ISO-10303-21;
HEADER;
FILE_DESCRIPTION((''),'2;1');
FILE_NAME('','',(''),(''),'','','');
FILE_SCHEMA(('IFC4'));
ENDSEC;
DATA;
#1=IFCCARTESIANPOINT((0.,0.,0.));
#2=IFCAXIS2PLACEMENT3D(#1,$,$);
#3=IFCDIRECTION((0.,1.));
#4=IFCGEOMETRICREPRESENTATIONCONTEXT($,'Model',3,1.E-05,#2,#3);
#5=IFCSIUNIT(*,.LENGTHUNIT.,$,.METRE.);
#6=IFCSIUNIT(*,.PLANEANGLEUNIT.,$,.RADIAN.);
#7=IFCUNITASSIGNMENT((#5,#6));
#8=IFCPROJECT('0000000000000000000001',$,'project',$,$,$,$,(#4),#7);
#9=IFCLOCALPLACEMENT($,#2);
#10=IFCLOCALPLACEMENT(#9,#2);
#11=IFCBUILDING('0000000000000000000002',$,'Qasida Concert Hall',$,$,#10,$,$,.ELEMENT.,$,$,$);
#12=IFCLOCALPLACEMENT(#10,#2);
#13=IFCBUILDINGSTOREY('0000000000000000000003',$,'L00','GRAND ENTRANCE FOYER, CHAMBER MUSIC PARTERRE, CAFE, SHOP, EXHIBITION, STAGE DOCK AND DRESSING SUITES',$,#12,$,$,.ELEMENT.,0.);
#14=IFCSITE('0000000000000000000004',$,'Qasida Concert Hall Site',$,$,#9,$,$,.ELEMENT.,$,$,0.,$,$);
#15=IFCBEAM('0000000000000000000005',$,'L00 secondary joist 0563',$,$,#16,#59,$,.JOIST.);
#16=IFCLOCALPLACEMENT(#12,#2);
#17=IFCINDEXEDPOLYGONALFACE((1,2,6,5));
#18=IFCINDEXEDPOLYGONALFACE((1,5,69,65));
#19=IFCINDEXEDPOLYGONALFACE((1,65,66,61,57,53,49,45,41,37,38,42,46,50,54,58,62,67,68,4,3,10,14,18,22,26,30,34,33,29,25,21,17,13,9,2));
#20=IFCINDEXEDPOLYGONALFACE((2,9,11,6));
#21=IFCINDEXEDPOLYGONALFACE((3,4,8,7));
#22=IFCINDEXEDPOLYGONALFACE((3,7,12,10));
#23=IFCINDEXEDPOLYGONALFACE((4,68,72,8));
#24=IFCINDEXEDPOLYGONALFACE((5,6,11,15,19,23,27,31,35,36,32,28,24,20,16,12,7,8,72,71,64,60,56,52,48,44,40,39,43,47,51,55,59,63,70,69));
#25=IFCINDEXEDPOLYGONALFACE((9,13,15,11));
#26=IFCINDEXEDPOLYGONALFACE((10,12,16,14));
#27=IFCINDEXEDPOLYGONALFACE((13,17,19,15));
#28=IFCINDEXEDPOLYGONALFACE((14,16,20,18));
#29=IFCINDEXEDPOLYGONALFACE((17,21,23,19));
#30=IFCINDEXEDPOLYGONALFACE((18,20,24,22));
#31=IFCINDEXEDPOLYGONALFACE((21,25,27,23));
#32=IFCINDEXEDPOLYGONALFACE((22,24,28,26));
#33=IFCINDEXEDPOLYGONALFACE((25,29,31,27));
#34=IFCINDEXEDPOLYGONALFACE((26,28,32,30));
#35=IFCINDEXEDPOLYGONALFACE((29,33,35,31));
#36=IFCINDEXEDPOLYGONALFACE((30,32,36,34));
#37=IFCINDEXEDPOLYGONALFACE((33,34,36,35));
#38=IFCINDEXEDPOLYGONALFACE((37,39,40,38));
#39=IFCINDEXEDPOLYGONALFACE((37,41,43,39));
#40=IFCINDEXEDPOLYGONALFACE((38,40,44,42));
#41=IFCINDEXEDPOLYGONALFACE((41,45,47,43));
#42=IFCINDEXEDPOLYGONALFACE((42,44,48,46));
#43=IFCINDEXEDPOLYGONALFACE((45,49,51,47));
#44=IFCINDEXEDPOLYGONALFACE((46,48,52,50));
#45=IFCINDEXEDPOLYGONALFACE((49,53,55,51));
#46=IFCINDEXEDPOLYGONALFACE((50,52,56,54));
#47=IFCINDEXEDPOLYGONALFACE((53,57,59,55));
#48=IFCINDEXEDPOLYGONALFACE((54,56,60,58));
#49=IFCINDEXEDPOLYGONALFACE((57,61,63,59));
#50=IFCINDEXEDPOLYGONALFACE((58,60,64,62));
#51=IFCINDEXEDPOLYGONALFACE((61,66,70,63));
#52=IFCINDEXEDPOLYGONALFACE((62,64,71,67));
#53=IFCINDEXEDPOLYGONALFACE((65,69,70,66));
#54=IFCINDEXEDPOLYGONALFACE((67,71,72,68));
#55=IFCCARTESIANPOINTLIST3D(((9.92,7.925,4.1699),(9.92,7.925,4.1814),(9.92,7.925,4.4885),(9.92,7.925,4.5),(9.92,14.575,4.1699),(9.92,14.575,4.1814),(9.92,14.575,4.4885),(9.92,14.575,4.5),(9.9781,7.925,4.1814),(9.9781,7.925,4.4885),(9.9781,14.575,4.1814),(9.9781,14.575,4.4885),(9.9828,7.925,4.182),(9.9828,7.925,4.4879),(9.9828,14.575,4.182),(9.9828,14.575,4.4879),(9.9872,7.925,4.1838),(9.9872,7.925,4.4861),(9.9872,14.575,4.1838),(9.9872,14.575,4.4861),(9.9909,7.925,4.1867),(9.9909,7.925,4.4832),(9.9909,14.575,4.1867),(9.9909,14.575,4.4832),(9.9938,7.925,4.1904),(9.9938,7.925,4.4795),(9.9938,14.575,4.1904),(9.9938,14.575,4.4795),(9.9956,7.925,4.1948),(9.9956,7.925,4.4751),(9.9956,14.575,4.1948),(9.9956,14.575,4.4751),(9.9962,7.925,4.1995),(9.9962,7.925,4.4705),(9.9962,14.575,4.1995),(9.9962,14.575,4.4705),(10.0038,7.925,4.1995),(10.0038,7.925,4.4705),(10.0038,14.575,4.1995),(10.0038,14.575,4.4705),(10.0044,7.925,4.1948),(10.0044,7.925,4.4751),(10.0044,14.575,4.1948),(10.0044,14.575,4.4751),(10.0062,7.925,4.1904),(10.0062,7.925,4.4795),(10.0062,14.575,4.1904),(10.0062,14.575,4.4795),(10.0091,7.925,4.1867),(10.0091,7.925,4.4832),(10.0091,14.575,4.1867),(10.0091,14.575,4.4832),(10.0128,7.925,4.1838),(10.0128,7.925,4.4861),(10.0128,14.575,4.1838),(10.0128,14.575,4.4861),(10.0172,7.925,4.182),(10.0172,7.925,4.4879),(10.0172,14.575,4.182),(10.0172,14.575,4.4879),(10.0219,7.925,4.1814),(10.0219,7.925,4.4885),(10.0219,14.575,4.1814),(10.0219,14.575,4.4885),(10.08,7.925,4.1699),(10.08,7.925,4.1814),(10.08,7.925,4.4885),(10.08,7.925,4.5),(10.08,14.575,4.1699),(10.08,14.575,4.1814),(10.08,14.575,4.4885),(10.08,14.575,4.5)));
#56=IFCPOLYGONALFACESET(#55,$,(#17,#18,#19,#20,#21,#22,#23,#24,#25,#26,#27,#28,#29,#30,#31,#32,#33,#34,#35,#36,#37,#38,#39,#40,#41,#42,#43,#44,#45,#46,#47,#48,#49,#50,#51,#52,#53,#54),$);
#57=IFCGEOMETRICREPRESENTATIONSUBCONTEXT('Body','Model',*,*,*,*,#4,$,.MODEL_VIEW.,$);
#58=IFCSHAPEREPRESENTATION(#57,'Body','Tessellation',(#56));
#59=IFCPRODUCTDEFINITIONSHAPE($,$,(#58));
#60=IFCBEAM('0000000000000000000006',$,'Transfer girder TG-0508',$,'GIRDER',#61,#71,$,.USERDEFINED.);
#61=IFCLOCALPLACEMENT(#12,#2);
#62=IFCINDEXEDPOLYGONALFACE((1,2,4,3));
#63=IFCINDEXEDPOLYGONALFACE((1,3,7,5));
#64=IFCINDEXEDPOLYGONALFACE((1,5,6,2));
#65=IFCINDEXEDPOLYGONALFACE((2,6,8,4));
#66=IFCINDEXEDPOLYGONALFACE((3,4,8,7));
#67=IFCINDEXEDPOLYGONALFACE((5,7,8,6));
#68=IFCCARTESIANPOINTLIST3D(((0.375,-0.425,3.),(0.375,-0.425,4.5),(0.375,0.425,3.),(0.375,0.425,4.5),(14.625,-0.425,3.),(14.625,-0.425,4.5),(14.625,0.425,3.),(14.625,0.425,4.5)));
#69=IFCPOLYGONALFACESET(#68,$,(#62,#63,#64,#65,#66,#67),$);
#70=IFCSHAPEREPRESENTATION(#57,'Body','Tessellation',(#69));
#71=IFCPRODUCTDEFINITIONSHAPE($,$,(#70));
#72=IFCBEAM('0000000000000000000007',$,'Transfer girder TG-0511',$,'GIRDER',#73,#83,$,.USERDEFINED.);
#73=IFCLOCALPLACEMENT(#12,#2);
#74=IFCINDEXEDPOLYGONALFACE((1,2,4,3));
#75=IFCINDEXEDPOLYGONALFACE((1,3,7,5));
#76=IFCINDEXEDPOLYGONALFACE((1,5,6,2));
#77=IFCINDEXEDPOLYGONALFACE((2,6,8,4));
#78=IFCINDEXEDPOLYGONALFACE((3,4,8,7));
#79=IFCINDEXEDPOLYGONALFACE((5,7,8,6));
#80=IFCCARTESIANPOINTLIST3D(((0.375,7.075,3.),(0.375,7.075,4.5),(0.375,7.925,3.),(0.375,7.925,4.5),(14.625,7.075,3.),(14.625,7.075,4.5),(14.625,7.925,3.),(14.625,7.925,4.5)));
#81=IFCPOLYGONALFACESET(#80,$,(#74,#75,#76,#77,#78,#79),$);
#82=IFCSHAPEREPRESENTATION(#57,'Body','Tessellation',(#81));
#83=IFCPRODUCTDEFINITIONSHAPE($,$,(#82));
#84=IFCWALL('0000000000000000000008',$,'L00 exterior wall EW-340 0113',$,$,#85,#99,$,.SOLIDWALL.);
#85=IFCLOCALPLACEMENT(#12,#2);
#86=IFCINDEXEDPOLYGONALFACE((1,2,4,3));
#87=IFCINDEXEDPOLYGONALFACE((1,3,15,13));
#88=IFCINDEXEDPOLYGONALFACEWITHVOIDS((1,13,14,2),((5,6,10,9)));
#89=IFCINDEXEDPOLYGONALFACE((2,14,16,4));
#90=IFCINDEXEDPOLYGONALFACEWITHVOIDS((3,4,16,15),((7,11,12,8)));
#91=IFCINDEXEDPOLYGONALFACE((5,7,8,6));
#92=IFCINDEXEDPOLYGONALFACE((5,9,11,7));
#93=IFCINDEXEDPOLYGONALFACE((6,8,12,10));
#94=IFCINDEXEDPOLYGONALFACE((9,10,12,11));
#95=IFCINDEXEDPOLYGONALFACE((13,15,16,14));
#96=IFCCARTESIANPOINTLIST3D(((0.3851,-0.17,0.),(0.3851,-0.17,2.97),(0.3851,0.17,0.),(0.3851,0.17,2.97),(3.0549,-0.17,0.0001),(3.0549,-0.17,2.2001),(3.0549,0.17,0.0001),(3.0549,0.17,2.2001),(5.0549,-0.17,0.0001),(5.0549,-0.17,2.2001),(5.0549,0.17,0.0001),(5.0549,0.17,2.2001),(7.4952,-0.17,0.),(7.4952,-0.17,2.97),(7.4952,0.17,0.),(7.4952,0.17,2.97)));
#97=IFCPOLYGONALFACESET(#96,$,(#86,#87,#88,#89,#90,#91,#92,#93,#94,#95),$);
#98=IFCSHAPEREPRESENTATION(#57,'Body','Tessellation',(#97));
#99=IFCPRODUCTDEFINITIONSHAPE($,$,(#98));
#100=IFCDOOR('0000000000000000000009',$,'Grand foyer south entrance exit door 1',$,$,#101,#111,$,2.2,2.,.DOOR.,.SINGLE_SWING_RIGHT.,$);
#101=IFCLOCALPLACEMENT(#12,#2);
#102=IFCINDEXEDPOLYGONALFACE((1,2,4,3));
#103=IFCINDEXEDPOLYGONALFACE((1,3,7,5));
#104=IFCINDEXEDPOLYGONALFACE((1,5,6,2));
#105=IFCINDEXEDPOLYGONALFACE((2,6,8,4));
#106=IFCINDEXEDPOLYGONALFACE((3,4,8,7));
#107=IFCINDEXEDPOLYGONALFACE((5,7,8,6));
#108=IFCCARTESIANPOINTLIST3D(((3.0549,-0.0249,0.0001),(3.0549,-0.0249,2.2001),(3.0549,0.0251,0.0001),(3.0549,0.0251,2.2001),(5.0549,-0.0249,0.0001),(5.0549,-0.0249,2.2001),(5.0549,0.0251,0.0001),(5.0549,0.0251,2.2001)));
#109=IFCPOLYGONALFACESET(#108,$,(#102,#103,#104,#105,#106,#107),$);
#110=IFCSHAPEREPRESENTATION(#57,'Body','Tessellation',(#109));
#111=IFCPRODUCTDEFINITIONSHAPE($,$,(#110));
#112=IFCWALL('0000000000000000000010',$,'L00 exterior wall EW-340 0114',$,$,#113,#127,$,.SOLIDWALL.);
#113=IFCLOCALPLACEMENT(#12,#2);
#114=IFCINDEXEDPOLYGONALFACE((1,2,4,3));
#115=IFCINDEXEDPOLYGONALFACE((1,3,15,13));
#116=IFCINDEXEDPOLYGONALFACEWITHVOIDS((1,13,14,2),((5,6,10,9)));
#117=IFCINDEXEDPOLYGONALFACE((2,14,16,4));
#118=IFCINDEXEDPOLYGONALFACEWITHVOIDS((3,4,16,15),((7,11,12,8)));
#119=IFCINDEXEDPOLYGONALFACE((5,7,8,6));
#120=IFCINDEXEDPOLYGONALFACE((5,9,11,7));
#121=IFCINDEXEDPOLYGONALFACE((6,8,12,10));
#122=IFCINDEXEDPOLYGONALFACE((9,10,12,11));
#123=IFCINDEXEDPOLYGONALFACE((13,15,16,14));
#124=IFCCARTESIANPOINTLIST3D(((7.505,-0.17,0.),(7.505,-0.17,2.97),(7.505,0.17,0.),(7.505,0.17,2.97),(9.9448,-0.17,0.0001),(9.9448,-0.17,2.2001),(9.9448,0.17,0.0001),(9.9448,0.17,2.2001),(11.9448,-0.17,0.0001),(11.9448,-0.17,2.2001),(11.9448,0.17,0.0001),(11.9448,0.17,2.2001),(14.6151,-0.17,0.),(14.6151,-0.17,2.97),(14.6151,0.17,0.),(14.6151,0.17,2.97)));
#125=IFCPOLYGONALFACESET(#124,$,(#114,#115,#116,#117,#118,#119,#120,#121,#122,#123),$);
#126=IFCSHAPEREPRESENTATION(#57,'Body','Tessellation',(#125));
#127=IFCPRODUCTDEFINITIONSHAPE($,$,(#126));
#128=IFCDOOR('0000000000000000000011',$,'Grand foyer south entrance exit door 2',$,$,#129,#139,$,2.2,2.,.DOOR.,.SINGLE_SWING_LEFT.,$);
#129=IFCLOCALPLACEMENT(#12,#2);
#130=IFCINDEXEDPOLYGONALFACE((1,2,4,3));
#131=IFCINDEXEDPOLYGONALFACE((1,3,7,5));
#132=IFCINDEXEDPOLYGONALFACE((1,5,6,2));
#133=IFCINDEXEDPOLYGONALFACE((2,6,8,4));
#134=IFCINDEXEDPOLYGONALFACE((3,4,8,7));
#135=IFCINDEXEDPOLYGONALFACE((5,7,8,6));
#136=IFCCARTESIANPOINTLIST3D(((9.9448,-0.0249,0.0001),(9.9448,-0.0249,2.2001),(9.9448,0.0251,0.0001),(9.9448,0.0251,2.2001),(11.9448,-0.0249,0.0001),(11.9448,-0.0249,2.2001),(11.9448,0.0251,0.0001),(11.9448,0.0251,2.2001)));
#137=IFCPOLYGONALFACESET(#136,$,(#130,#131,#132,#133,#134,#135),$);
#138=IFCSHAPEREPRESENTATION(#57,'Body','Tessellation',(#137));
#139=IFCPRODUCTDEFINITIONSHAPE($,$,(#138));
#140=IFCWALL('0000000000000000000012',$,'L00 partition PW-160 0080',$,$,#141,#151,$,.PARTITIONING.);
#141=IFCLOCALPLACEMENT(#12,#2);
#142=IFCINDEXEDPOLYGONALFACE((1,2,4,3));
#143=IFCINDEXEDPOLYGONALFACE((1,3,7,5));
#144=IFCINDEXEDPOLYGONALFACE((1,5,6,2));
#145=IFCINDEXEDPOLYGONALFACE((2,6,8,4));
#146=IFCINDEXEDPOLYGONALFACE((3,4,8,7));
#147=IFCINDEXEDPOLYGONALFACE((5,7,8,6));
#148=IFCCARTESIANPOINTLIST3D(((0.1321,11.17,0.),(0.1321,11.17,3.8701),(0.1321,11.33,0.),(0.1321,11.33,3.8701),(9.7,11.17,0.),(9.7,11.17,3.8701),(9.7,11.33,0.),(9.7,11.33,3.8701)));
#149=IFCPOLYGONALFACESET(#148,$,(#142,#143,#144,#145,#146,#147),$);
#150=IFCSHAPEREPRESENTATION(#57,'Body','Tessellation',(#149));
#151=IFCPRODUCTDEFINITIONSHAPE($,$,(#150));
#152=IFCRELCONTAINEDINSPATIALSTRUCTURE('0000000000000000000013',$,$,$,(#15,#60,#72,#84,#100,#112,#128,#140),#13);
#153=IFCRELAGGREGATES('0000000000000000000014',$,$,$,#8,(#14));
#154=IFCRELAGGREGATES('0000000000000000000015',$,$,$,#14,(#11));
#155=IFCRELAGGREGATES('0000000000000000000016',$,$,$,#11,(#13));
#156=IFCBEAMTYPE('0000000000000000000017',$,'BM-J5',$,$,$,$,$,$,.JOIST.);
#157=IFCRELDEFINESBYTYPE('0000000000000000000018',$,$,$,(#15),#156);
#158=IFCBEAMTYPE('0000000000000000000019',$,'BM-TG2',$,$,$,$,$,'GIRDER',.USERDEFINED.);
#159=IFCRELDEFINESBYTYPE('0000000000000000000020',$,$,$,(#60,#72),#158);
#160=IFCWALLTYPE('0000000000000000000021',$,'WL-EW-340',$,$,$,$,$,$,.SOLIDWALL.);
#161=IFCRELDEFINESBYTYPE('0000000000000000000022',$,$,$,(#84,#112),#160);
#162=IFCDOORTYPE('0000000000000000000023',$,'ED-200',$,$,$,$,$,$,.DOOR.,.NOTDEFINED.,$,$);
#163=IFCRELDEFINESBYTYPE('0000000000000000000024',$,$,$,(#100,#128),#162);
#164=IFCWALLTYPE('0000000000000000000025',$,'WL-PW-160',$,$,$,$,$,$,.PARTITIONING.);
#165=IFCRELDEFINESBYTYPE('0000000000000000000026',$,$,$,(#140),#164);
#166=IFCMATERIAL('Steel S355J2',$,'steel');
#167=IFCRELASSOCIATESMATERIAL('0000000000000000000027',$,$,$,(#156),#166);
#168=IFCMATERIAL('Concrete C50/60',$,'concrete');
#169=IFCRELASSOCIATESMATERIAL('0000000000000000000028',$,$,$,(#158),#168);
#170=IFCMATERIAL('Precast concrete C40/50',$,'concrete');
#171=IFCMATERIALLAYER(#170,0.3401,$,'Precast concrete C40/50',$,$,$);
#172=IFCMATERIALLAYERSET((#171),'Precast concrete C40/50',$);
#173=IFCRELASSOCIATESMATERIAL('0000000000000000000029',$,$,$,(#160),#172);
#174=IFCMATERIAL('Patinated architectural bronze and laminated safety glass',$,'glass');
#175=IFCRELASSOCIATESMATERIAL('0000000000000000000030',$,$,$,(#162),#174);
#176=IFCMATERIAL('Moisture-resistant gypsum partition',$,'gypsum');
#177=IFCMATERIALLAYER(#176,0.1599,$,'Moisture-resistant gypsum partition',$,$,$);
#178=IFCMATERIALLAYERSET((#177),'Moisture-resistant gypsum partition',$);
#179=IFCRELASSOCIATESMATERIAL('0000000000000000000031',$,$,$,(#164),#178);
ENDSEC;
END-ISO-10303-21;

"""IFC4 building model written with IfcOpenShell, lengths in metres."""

from ifc_helpers import new_model, si_unit, direction, frame, frame_2d, origin, origin_2d, place, context, subcontext, project, spatial, rectangle, i_section, extrude, material, layer, layer_set, material_profile, profile_set, type_object, element, fill, save


model = new_model("IFC4")

# Units and contexts
model_context = context("Model", 3, precision=1e-05, world=origin(), true_north=direction((0.0, 1.0)))
body_context = subcontext(model_context, "Body", "Model", "MODEL_VIEW")
ifc_project = project(units=[si_unit("LENGTHUNIT", "METRE"), si_unit("PLANEANGLEUNIT", "RADIAN")], contexts=[model_context])

# Site, building, storey
site_placement = place(None, origin())
site = spatial("IfcSite", under=ifc_project, at=site_placement, Name="Qasida Concert Hall Site", CompositionType="ELEMENT", RefElevation=0.0)
building_placement = place(site_placement, origin())
building = spatial("IfcBuilding", under=site, at=building_placement, Name="Qasida Concert Hall", CompositionType="ELEMENT")
storey_placement = place(building_placement, origin())
storey = spatial("IfcBuildingStorey", under=building, at=storey_placement, Name="L00", Description="GRAND ENTRANCE FOYER, CHAMBER MUSIC PARTERRE, CAFE, SHOP, EXHIBITION, STAGE DOCK AND DRESSING SUITES", CompositionType="ELEMENT", Elevation=0.0)

# Shared definitions
ifc_material_1 = material(Name="Concrete C50/60", Category="concrete")

# Beams
ifc_material_2 = material(Name="Steel S355J2", Category="steel")
ifc_material_profile_1 = material_profile(ifc_material_2, i_section(OverallWidth=0.1599, OverallDepth=0.3301, WebThickness=0.0076, FlangeThickness=0.0115, FilletRadius=0.0181, at=origin_2d()), Name="IPE 330")
ifc_profile_set_1 = profile_set([ifc_material_profile_1], Name="Steel S355J2")
beam_type_1 = type_object("IfcBeamType", Name="BM-J5", PredefinedType="JOIST", material=ifc_profile_set_1)
beam_1_placement = place(storey_placement, frame((10.0, 7.925, 4.335), z_axis=(0.0, 1.0, 0.0), x_axis=(-1.0, 0.0, 0.0)))
element("IfcBeam", 1, at=beam_1_placement, inside=storey, type_object=beam_type_1, Name="L00 secondary joist 0563", PredefinedType="JOIST", context=body_context, shape_type="SweptSolid", body=[
    extrude(i_section(OverallWidth=0.1599, OverallDepth=0.3301, WebThickness=0.0076, FlangeThickness=0.0115, FilletRadius=0.0181, at=origin_2d()), origin(), (0.0, 0.0, 1.0), 6.6499),
])
ifc_material_profile_2 = material_profile(ifc_material_1, rectangle(XDim=0.8501, YDim=1.5, at=origin_2d()), Name="RC 850x1500")
ifc_profile_set_2 = profile_set([ifc_material_profile_2], Name="Concrete C50/60")
beam_type_2 = type_object("IfcBeamType", Name="BM-TG2", ElementType="GIRDER", PredefinedType="USERDEFINED", material=ifc_profile_set_2)
for number, where, z_axis, x_axis, name in (
    (2, (0.375, 0.0, 3.75), (1.0, 0.0, 0.0), (0.0, 1.0, 0.0), "Transfer girder TG-0508"),
    (3, (0.375, 7.5, 3.75), (1.0, 0.0, 0.0), (0.0, 1.0, 0.0), "Transfer girder TG-0511"),
):
    element("IfcBeam", number, at=place(storey_placement, frame(where, z_axis=z_axis, x_axis=x_axis)), inside=storey, type_object=beam_type_2, Name=name, ObjectType="GIRDER", PredefinedType="USERDEFINED", context=body_context, shape_type="SweptSolid", body=[
        extrude(rectangle(XDim=0.8501, YDim=1.5, at=origin_2d()), origin(), (0.0, 0.0, 1.0), 14.25),
    ])

# Walls, openings, doors
ifc_material_3 = material(Name="Precast concrete C40/50", Category="concrete")
ifc_layer_1 = layer(ifc_material_3, 0.3401, Name="Precast concrete C40/50")
ifc_layer_set_1 = layer_set([ifc_layer_1], Name="Precast concrete C40/50")
wall_type_1 = type_object("IfcWallType", Name="WL-EW-340", PredefinedType="SOLIDWALL", material=ifc_layer_set_1)
wall_1_placement = place(storey_placement, frame((0.385, 0.0, 0.0), z_axis=(0.0, 0.0, 1.0), x_axis=(1.0, 0.0, 0.0)))
wall_1 = element("IfcWall", 4, at=wall_1_placement, inside=storey, type_object=wall_type_1, Name="L00 exterior wall EW-340 0113", PredefinedType="SOLIDWALL", context=body_context, shape_type="SweptSolid", body=[
    extrude(rectangle(XDim=7.1101, YDim=0.3401, at=frame_2d((3.5552, 0.0))), origin(), (0.0, 0.0, 1.0), 2.97),
])
opening_1_placement = place(wall_1_placement, frame((2.6699, 0.0, 0.0)))
opening_1 = element("IfcOpeningElement", 5, at=opening_1_placement, cuts=wall_1, PredefinedType="OPENING", context=body_context, shape_type="SweptSolid", body=[
    extrude(rectangle(XDim=2.0, YDim=2.2, at=frame_2d((1.0, 1.1001))), frame((0.0, 0.1799, 0.0), z_axis=(0.0, -1.0, 0.0), x_axis=(1.0, 0.0, 0.0)), (0.0, 0.0, 1.0), 0.3601),
])
ifc_material_4 = material(Name="Patinated architectural bronze and laminated safety glass", Category="glass")
door_type_1 = type_object("IfcDoorType", Name="ED-200", OperationType="NOTDEFINED", PredefinedType="DOOR", material=ifc_material_4)
door_1_placement = place(opening_1_placement, frame((2.0, 0.0, 0.0), z_axis=(0.0, 0.0, 1.0), x_axis=(-1.0, 0.0, 0.0)))
door_1 = element("IfcDoor", 6, at=door_1_placement, inside=storey, type_object=door_type_1, Name="Grand foyer south entrance exit door 1", OperationType="SINGLE_SWING_RIGHT", OverallHeight=2.2, OverallWidth=2.0, PredefinedType="DOOR", context=body_context, shape_type="SweptSolid", body=[
    extrude(rectangle(XDim=2.0, YDim=2.2, at=frame_2d((1.0, 1.1001))), frame((0.0, 0.0249, 0.0), z_axis=(0.0, -1.0, 0.0), x_axis=(1.0, 0.0, 0.0)), (0.0, 0.0, 1.0), 0.05),
])
fill(opening_1, door_1)
wall_2_placement = place(storey_placement, frame((7.5049, 0.0, 0.0), z_axis=(0.0, 0.0, 1.0), x_axis=(1.0, 0.0, 0.0)))
wall_2 = element("IfcWall", 7, at=wall_2_placement, inside=storey, type_object=wall_type_1, Name="L00 exterior wall EW-340 0114", PredefinedType="SOLIDWALL", context=body_context, shape_type="SweptSolid", body=[
    extrude(rectangle(XDim=7.1101, YDim=0.3401, at=frame_2d((3.5552, 0.0))), origin(), (0.0, 0.0, 1.0), 2.97),
])
opening_2_placement = place(wall_2_placement, frame((2.4399, 0.0, 0.0)))
opening_2 = element("IfcOpeningElement", 8, at=opening_2_placement, cuts=wall_2, PredefinedType="OPENING", context=body_context, shape_type="SweptSolid", body=[
    extrude(rectangle(XDim=2.0, YDim=2.2, at=frame_2d((1.0, 1.1001))), frame((0.0, 0.1799, 0.0), z_axis=(0.0, -1.0, 0.0), x_axis=(1.0, 0.0, 0.0)), (0.0, 0.0, 1.0), 0.3601),
])
door_2_placement = place(opening_2_placement, frame((2.0, 0.0, 0.0), z_axis=(0.0, 0.0, 1.0), x_axis=(-1.0, 0.0, 0.0)))
door_2 = element("IfcDoor", 9, at=door_2_placement, inside=storey, type_object=door_type_1, Name="Grand foyer south entrance exit door 2", OperationType="SINGLE_SWING_LEFT", OverallHeight=2.2, OverallWidth=2.0, PredefinedType="DOOR", context=body_context, shape_type="SweptSolid", body=[
    extrude(rectangle(XDim=2.0, YDim=2.2, at=frame_2d((1.0, 1.1001))), frame((0.0, 0.0249, 0.0), z_axis=(0.0, -1.0, 0.0), x_axis=(1.0, 0.0, 0.0)), (0.0, 0.0, 1.0), 0.05),
])
fill(opening_2, door_2)

# Wall
ifc_material_5 = material(Name="Moisture-resistant gypsum partition", Category="gypsum")
ifc_layer_2 = layer(ifc_material_5, 0.1599, Name="Moisture-resistant gypsum partition")
ifc_layer_set_2 = layer_set([ifc_layer_2], Name="Moisture-resistant gypsum partition")
wall_type_2 = type_object("IfcWallType", Name="WL-PW-160", PredefinedType="PARTITIONING", material=ifc_layer_set_2)
wall_3_placement = place(storey_placement, frame((0.1321, 11.25, 0.0), z_axis=(0.0, 0.0, 1.0), x_axis=(1.0, 0.0, 0.0)))
element("IfcWall", 10, at=wall_3_placement, inside=storey, type_object=wall_type_2, Name="L00 partition PW-160 0080", PredefinedType="PARTITIONING", context=body_context, shape_type="SweptSolid", body=[
    extrude(rectangle(XDim=9.5679, YDim=0.1599, at=frame_2d((4.7839, 0.0))), origin(), (0.0, 0.0, 1.0), 3.8701),
])

save(model, "model.ifc")
